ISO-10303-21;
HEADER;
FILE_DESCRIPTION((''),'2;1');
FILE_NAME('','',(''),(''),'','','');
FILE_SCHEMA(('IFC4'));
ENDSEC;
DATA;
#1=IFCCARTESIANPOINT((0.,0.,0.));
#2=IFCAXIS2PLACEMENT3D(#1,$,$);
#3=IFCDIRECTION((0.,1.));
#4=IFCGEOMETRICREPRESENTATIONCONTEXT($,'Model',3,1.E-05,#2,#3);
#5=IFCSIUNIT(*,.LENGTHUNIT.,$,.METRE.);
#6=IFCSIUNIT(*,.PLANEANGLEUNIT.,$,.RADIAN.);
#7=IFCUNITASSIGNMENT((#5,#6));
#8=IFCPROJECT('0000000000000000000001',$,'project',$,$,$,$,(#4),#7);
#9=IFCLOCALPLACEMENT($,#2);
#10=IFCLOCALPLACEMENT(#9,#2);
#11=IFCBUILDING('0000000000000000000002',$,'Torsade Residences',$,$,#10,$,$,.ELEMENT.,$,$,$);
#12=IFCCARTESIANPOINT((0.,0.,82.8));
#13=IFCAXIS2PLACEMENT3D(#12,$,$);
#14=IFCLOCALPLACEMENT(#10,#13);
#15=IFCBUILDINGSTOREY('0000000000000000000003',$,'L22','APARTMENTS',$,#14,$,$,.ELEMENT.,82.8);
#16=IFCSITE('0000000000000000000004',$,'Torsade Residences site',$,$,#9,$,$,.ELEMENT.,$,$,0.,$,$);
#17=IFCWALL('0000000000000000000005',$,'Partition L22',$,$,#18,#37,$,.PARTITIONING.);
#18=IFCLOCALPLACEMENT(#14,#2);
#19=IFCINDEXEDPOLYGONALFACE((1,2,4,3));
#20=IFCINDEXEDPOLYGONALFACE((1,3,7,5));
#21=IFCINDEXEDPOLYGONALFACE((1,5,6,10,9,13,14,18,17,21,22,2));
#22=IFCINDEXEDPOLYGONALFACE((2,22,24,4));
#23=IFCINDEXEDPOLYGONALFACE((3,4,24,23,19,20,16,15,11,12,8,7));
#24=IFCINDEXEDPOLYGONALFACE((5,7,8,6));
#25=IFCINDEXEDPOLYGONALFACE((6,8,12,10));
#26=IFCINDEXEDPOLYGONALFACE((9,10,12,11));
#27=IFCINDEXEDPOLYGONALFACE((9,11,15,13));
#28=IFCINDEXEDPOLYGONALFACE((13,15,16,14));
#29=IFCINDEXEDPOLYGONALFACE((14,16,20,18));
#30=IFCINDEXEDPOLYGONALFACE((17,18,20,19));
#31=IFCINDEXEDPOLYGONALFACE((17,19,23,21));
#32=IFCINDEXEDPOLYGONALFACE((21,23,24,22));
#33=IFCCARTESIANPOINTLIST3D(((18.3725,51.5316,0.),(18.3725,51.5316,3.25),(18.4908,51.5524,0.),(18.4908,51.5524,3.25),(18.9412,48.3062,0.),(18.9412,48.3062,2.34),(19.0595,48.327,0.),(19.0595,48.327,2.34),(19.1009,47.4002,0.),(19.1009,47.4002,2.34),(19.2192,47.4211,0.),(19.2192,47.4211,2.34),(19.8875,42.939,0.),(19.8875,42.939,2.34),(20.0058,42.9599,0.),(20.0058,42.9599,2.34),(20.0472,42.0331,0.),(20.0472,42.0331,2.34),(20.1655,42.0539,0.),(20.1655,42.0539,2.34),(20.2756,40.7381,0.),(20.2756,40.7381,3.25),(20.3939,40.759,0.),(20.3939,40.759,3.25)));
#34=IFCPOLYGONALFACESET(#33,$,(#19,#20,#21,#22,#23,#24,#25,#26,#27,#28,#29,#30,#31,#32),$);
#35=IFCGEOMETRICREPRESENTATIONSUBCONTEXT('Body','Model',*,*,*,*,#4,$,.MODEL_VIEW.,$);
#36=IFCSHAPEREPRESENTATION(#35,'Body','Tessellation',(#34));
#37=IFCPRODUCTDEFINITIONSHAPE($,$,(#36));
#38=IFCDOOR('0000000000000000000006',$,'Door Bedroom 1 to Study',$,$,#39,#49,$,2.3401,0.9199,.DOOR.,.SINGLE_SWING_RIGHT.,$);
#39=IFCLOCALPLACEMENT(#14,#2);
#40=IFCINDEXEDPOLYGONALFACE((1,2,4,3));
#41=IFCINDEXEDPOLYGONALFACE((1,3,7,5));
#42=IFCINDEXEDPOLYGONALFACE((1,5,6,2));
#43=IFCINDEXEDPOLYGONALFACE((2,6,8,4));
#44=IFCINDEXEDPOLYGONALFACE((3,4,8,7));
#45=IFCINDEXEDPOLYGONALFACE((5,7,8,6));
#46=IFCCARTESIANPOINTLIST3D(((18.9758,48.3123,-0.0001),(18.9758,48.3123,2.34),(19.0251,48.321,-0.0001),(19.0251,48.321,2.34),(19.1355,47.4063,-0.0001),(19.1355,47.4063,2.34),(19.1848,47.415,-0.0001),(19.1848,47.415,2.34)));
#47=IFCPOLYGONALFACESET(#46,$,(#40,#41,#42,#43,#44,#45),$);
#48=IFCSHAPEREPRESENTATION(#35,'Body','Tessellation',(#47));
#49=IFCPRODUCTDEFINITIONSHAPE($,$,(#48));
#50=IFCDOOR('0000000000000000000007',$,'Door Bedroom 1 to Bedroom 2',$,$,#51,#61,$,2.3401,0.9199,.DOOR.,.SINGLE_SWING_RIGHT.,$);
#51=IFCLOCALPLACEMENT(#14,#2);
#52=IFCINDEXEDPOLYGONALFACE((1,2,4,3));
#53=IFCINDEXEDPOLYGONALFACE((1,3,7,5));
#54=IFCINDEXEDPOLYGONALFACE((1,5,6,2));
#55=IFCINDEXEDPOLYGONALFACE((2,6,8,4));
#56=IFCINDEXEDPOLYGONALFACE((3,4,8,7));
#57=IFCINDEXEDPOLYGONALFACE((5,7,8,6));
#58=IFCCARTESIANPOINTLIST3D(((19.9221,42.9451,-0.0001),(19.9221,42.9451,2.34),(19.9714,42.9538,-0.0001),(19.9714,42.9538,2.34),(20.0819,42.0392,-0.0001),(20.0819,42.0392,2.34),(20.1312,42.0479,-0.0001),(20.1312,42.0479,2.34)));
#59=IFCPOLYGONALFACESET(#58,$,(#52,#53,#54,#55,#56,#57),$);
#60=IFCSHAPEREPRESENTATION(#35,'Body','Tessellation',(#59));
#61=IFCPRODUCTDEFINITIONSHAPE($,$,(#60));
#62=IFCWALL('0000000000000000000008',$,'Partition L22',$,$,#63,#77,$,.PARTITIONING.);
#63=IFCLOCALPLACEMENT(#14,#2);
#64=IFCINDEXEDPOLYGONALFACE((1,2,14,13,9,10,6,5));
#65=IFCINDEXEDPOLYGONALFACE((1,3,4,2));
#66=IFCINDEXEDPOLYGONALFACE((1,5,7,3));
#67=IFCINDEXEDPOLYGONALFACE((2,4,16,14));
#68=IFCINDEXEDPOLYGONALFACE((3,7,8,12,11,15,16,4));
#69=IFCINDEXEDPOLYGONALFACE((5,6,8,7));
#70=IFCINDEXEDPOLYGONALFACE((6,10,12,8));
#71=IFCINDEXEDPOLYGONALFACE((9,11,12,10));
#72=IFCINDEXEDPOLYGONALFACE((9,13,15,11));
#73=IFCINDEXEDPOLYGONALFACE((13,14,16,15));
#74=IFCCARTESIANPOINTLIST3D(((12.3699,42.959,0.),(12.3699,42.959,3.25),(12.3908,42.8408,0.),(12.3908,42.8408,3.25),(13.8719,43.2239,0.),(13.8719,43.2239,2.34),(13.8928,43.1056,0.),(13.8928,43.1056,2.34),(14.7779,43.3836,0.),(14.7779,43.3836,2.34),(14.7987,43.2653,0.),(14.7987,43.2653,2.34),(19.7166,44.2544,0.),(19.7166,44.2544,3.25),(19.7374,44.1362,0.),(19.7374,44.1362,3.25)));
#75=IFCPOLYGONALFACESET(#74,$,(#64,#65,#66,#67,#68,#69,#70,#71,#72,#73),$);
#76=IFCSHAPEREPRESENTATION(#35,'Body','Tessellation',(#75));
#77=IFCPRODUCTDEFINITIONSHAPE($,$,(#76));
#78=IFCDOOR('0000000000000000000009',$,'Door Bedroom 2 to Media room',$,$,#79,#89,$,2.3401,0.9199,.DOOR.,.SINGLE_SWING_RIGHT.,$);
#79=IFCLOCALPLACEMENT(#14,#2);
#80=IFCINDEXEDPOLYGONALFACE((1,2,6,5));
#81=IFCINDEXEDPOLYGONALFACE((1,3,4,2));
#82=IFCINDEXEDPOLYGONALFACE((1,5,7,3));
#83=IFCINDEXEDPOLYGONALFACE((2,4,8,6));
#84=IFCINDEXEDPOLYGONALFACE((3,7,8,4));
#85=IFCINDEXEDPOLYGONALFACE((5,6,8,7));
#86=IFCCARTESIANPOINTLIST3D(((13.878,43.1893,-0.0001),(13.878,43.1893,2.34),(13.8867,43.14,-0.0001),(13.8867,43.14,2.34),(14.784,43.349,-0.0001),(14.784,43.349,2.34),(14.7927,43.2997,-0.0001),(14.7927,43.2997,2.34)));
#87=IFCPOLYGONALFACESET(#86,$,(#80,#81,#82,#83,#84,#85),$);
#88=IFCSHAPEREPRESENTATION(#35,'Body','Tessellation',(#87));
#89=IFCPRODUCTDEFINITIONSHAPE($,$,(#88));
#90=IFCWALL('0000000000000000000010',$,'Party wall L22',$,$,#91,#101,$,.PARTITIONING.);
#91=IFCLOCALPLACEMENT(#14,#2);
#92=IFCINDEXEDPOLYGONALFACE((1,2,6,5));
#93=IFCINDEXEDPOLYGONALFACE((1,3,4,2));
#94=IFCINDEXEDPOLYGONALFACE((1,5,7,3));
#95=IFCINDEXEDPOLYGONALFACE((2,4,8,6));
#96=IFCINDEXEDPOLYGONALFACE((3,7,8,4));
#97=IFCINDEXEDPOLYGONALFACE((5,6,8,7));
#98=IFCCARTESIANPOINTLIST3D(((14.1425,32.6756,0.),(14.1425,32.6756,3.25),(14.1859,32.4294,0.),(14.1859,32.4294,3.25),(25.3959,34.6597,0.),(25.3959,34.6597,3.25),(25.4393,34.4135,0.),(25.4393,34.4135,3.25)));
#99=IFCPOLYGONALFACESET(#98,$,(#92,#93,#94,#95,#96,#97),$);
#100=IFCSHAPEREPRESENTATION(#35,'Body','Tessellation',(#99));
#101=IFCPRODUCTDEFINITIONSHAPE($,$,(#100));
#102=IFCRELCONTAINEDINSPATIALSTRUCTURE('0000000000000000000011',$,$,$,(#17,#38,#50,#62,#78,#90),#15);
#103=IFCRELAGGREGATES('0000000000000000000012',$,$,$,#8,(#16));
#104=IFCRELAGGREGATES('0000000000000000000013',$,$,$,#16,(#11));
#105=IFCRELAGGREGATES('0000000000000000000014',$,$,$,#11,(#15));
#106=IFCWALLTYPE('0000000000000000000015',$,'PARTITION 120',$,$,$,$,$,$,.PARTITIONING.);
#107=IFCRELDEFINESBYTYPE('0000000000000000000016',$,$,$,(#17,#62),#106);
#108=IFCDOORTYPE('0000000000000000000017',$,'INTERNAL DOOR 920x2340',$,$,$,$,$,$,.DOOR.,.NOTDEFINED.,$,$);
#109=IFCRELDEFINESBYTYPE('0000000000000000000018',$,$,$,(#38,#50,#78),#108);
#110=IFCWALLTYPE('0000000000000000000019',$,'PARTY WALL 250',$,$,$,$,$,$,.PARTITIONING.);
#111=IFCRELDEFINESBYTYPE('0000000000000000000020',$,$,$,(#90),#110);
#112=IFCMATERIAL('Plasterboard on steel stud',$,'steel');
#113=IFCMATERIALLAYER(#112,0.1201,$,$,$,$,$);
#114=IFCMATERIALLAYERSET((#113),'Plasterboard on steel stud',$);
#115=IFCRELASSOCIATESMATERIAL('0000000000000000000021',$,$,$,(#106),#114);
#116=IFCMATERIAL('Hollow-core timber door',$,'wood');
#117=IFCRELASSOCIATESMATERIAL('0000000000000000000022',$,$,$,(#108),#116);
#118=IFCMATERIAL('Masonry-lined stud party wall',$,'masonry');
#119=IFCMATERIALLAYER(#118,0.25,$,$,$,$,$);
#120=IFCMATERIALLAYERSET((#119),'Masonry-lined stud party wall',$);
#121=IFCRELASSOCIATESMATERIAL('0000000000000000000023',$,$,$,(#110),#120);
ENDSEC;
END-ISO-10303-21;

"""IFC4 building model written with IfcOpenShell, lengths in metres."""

from ifc_helpers import new_model, si_unit, direction, frame, frame_2d, origin, place, context, subcontext, project, spatial, rectangle, extrude, material, layer, layer_set, type_object, element, fill, save


model = new_model("IFC4")

# Units and contexts
model_context = context("Model", 3, precision=1e-05, world=origin(), true_north=direction((0.0, 1.0)))
body_context = subcontext(model_context, "Body", "Model", "MODEL_VIEW")
ifc_project = project(units=[si_unit("LENGTHUNIT", "METRE"), si_unit("PLANEANGLEUNIT", "RADIAN")], contexts=[model_context])

# Site, building, storey
site_placement = place(None, origin())
site = spatial("IfcSite", under=ifc_project, at=site_placement, Name="Torsade Residences site", CompositionType="ELEMENT", RefElevation=0.0)
building_placement = place(site_placement, origin())
building = spatial("IfcBuilding", under=site, at=building_placement, Name="Torsade Residences", CompositionType="ELEMENT")
storey_placement = place(building_placement, frame((0.0, 0.0, 82.8)))
storey = spatial("IfcBuildingStorey", under=building, at=storey_placement, Name="L22", Description="APARTMENTS", CompositionType="ELEMENT", Elevation=82.8)

# Shared definitions
ifc_material_1 = material(Name="Plasterboard on steel stud", Category="steel")
ifc_layer_1 = layer(ifc_material_1, 0.1201)
ifc_layer_set_1 = layer_set([ifc_layer_1], Name="Plasterboard on steel stud")
wall_type_1 = type_object("IfcWallType", Name="PARTITION 120", PredefinedType="PARTITIONING", material=ifc_layer_set_1)

# Shared definitions
ifc_material_2 = material(Name="Hollow-core timber door", Category="wood")
door_type = type_object("IfcDoorType", Name="INTERNAL DOOR 920x2340", OperationType="NOTDEFINED", PredefinedType="DOOR", material=ifc_material_2)

# Wall, openings, doors
wall_1_placement = place(storey_placement, frame((20.3347, 40.7485, 0.0), z_axis=(0.0, 0.0, 1.0), x_axis=(-0.173639, 0.984809, 0.0)))
wall_1 = element("IfcWall", 1, at=wall_1_placement, inside=storey, type_object=wall_type_1, Name="Partition L22", PredefinedType="PARTITIONING", context=body_context, shape_type="SweptSolid", body=[
    extrude(rectangle(XDim=10.96, YDim=0.1201, at=frame_2d((5.48, 0.0))), origin(), (0.0, 0.0, 1.0), 3.25),
])
opening_1_placement = place(wall_1_placement, frame((6.7649, 0.0, 0.0)))
opening_1 = element("IfcOpeningElement", 2, at=opening_1_placement, cuts=wall_1, PredefinedType="OPENING", context=body_context, shape_type="SweptSolid", body=[
    extrude(rectangle(XDim=0.9199, YDim=2.3401, at=frame_2d((0.46, 1.1699))), frame((0.0, 0.0701, 0.0), z_axis=(0.0, -1.0, 0.0), x_axis=(1.0, 0.0, 0.0)), (0.0, 0.0, 1.0), 0.1401),
])
opening_2_placement = place(wall_1_placement, frame((1.3149, 0.0, 0.0)))
opening_2 = element("IfcOpeningElement", 3, at=opening_2_placement, cuts=wall_1, PredefinedType="OPENING", context=body_context, shape_type="SweptSolid", body=[
    extrude(rectangle(XDim=0.9199, YDim=2.3401, at=frame_2d((0.46, 1.1699))), frame((0.0, 0.0701, 0.0), z_axis=(0.0, -1.0, 0.0), x_axis=(1.0, 0.0, 0.0)), (0.0, 0.0, 1.0), 0.1401),
])
door_1_placement = place(opening_1_placement, origin())
door_1 = element("IfcDoor", 4, at=door_1_placement, inside=storey, type_object=door_type, Name="Door Bedroom 1 to Study", OperationType="SINGLE_SWING_RIGHT", OverallHeight=2.3401, OverallWidth=0.9199, PredefinedType="DOOR", context=body_context, shape_type="SweptSolid", body=[
    extrude(rectangle(XDim=0.9199, YDim=2.3401, at=frame_2d((0.46, 1.1699))), frame((0.0, 0.0249, 0.0), z_axis=(0.0, -1.0, 0.0), x_axis=(1.0, 0.0, 0.0)), (0.0, 0.0, 1.0), 0.05),
])
fill(opening_1, door_1)
door_2_placement = place(opening_2_placement, origin())
door_2 = element("IfcDoor", 5, at=door_2_placement, inside=storey, type_object=door_type, Name="Door Bedroom 1 to Bedroom 2", OperationType="SINGLE_SWING_RIGHT", OverallHeight=2.3401, OverallWidth=0.9199, PredefinedType="DOOR", context=body_context, shape_type="SweptSolid", body=[
    extrude(rectangle(XDim=0.9199, YDim=2.3401, at=frame_2d((0.46, 1.1699))), frame((0.0, 0.0249, 0.0), z_axis=(0.0, -1.0, 0.0), x_axis=(1.0, 0.0, 0.0)), (0.0, 0.0, 1.0), 0.05),
])
fill(opening_2, door_2)

# Wall, opening, door
wall_2_placement = place(storey_placement, frame((12.3804, 42.8999, 0.0), z_axis=(0.0, 0.0, 1.0), x_axis=(0.984808, 0.173647, 0.0)))
wall_2 = element("IfcWall", 6, at=wall_2_placement, inside=storey, type_object=wall_type_1, Name="Partition L22", PredefinedType="PARTITIONING", context=body_context, shape_type="SweptSolid", body=[
    extrude(rectangle(XDim=7.46, YDim=0.1201, at=frame_2d((3.73, 0.0))), origin(), (0.0, 0.0, 1.0), 3.25),
])
opening_3_placement = place(wall_2_placement, frame((1.5251, 0.0, 0.0)))
opening_3 = element("IfcOpeningElement", 7, at=opening_3_placement, cuts=wall_2, PredefinedType="OPENING", context=body_context, shape_type="SweptSolid", body=[
    extrude(rectangle(XDim=0.9199, YDim=2.3401, at=frame_2d((0.46, 1.1699))), frame((0.0, 0.0701, 0.0), z_axis=(0.0, -1.0, 0.0), x_axis=(1.0, 0.0, 0.0)), (0.0, 0.0, 1.0), 0.1401),
])
door_3_placement = place(opening_3_placement, origin())
door_3 = element("IfcDoor", 8, at=door_3_placement, inside=storey, type_object=door_type, Name="Door Bedroom 2 to Media room", OperationType="SINGLE_SWING_RIGHT", OverallHeight=2.3401, OverallWidth=0.9199, PredefinedType="DOOR", context=body_context, shape_type="SweptSolid", body=[
    extrude(rectangle(XDim=0.9199, YDim=2.3401, at=frame_2d((0.46, 1.1699))), frame((0.0, 0.0249, 0.0), z_axis=(0.0, -1.0, 0.0), x_axis=(1.0, 0.0, 0.0)), (0.0, 0.0, 1.0), 0.05),
])
fill(opening_3, door_3)

# Wall
ifc_material_3 = material(Name="Masonry-lined stud party wall", Category="masonry")
ifc_layer_2 = layer(ifc_material_3, 0.25)
ifc_layer_set_2 = layer_set([ifc_layer_2], Name="Masonry-lined stud party wall")
wall_type_2 = type_object("IfcWallType", Name="PARTY WALL 250", PredefinedType="PARTITIONING", material=ifc_layer_set_2)
wall_3_placement = place(storey_placement, frame((14.1643, 32.5525, 0.0), z_axis=(0.0, 0.0, 1.0), x_axis=(0.98481, 0.173635, 0.0)))
element("IfcWall", 9, at=wall_3_placement, inside=storey, type_object=wall_type_2, Name="Party wall L22", PredefinedType="PARTITIONING", context=body_context, shape_type="SweptSolid", body=[
    extrude(rectangle(XDim=11.427, YDim=0.25, at=frame_2d((5.7134, 0.0))), origin(), (0.0, 0.0, 1.0), 3.25),
])

save(model, "model.ifc")
